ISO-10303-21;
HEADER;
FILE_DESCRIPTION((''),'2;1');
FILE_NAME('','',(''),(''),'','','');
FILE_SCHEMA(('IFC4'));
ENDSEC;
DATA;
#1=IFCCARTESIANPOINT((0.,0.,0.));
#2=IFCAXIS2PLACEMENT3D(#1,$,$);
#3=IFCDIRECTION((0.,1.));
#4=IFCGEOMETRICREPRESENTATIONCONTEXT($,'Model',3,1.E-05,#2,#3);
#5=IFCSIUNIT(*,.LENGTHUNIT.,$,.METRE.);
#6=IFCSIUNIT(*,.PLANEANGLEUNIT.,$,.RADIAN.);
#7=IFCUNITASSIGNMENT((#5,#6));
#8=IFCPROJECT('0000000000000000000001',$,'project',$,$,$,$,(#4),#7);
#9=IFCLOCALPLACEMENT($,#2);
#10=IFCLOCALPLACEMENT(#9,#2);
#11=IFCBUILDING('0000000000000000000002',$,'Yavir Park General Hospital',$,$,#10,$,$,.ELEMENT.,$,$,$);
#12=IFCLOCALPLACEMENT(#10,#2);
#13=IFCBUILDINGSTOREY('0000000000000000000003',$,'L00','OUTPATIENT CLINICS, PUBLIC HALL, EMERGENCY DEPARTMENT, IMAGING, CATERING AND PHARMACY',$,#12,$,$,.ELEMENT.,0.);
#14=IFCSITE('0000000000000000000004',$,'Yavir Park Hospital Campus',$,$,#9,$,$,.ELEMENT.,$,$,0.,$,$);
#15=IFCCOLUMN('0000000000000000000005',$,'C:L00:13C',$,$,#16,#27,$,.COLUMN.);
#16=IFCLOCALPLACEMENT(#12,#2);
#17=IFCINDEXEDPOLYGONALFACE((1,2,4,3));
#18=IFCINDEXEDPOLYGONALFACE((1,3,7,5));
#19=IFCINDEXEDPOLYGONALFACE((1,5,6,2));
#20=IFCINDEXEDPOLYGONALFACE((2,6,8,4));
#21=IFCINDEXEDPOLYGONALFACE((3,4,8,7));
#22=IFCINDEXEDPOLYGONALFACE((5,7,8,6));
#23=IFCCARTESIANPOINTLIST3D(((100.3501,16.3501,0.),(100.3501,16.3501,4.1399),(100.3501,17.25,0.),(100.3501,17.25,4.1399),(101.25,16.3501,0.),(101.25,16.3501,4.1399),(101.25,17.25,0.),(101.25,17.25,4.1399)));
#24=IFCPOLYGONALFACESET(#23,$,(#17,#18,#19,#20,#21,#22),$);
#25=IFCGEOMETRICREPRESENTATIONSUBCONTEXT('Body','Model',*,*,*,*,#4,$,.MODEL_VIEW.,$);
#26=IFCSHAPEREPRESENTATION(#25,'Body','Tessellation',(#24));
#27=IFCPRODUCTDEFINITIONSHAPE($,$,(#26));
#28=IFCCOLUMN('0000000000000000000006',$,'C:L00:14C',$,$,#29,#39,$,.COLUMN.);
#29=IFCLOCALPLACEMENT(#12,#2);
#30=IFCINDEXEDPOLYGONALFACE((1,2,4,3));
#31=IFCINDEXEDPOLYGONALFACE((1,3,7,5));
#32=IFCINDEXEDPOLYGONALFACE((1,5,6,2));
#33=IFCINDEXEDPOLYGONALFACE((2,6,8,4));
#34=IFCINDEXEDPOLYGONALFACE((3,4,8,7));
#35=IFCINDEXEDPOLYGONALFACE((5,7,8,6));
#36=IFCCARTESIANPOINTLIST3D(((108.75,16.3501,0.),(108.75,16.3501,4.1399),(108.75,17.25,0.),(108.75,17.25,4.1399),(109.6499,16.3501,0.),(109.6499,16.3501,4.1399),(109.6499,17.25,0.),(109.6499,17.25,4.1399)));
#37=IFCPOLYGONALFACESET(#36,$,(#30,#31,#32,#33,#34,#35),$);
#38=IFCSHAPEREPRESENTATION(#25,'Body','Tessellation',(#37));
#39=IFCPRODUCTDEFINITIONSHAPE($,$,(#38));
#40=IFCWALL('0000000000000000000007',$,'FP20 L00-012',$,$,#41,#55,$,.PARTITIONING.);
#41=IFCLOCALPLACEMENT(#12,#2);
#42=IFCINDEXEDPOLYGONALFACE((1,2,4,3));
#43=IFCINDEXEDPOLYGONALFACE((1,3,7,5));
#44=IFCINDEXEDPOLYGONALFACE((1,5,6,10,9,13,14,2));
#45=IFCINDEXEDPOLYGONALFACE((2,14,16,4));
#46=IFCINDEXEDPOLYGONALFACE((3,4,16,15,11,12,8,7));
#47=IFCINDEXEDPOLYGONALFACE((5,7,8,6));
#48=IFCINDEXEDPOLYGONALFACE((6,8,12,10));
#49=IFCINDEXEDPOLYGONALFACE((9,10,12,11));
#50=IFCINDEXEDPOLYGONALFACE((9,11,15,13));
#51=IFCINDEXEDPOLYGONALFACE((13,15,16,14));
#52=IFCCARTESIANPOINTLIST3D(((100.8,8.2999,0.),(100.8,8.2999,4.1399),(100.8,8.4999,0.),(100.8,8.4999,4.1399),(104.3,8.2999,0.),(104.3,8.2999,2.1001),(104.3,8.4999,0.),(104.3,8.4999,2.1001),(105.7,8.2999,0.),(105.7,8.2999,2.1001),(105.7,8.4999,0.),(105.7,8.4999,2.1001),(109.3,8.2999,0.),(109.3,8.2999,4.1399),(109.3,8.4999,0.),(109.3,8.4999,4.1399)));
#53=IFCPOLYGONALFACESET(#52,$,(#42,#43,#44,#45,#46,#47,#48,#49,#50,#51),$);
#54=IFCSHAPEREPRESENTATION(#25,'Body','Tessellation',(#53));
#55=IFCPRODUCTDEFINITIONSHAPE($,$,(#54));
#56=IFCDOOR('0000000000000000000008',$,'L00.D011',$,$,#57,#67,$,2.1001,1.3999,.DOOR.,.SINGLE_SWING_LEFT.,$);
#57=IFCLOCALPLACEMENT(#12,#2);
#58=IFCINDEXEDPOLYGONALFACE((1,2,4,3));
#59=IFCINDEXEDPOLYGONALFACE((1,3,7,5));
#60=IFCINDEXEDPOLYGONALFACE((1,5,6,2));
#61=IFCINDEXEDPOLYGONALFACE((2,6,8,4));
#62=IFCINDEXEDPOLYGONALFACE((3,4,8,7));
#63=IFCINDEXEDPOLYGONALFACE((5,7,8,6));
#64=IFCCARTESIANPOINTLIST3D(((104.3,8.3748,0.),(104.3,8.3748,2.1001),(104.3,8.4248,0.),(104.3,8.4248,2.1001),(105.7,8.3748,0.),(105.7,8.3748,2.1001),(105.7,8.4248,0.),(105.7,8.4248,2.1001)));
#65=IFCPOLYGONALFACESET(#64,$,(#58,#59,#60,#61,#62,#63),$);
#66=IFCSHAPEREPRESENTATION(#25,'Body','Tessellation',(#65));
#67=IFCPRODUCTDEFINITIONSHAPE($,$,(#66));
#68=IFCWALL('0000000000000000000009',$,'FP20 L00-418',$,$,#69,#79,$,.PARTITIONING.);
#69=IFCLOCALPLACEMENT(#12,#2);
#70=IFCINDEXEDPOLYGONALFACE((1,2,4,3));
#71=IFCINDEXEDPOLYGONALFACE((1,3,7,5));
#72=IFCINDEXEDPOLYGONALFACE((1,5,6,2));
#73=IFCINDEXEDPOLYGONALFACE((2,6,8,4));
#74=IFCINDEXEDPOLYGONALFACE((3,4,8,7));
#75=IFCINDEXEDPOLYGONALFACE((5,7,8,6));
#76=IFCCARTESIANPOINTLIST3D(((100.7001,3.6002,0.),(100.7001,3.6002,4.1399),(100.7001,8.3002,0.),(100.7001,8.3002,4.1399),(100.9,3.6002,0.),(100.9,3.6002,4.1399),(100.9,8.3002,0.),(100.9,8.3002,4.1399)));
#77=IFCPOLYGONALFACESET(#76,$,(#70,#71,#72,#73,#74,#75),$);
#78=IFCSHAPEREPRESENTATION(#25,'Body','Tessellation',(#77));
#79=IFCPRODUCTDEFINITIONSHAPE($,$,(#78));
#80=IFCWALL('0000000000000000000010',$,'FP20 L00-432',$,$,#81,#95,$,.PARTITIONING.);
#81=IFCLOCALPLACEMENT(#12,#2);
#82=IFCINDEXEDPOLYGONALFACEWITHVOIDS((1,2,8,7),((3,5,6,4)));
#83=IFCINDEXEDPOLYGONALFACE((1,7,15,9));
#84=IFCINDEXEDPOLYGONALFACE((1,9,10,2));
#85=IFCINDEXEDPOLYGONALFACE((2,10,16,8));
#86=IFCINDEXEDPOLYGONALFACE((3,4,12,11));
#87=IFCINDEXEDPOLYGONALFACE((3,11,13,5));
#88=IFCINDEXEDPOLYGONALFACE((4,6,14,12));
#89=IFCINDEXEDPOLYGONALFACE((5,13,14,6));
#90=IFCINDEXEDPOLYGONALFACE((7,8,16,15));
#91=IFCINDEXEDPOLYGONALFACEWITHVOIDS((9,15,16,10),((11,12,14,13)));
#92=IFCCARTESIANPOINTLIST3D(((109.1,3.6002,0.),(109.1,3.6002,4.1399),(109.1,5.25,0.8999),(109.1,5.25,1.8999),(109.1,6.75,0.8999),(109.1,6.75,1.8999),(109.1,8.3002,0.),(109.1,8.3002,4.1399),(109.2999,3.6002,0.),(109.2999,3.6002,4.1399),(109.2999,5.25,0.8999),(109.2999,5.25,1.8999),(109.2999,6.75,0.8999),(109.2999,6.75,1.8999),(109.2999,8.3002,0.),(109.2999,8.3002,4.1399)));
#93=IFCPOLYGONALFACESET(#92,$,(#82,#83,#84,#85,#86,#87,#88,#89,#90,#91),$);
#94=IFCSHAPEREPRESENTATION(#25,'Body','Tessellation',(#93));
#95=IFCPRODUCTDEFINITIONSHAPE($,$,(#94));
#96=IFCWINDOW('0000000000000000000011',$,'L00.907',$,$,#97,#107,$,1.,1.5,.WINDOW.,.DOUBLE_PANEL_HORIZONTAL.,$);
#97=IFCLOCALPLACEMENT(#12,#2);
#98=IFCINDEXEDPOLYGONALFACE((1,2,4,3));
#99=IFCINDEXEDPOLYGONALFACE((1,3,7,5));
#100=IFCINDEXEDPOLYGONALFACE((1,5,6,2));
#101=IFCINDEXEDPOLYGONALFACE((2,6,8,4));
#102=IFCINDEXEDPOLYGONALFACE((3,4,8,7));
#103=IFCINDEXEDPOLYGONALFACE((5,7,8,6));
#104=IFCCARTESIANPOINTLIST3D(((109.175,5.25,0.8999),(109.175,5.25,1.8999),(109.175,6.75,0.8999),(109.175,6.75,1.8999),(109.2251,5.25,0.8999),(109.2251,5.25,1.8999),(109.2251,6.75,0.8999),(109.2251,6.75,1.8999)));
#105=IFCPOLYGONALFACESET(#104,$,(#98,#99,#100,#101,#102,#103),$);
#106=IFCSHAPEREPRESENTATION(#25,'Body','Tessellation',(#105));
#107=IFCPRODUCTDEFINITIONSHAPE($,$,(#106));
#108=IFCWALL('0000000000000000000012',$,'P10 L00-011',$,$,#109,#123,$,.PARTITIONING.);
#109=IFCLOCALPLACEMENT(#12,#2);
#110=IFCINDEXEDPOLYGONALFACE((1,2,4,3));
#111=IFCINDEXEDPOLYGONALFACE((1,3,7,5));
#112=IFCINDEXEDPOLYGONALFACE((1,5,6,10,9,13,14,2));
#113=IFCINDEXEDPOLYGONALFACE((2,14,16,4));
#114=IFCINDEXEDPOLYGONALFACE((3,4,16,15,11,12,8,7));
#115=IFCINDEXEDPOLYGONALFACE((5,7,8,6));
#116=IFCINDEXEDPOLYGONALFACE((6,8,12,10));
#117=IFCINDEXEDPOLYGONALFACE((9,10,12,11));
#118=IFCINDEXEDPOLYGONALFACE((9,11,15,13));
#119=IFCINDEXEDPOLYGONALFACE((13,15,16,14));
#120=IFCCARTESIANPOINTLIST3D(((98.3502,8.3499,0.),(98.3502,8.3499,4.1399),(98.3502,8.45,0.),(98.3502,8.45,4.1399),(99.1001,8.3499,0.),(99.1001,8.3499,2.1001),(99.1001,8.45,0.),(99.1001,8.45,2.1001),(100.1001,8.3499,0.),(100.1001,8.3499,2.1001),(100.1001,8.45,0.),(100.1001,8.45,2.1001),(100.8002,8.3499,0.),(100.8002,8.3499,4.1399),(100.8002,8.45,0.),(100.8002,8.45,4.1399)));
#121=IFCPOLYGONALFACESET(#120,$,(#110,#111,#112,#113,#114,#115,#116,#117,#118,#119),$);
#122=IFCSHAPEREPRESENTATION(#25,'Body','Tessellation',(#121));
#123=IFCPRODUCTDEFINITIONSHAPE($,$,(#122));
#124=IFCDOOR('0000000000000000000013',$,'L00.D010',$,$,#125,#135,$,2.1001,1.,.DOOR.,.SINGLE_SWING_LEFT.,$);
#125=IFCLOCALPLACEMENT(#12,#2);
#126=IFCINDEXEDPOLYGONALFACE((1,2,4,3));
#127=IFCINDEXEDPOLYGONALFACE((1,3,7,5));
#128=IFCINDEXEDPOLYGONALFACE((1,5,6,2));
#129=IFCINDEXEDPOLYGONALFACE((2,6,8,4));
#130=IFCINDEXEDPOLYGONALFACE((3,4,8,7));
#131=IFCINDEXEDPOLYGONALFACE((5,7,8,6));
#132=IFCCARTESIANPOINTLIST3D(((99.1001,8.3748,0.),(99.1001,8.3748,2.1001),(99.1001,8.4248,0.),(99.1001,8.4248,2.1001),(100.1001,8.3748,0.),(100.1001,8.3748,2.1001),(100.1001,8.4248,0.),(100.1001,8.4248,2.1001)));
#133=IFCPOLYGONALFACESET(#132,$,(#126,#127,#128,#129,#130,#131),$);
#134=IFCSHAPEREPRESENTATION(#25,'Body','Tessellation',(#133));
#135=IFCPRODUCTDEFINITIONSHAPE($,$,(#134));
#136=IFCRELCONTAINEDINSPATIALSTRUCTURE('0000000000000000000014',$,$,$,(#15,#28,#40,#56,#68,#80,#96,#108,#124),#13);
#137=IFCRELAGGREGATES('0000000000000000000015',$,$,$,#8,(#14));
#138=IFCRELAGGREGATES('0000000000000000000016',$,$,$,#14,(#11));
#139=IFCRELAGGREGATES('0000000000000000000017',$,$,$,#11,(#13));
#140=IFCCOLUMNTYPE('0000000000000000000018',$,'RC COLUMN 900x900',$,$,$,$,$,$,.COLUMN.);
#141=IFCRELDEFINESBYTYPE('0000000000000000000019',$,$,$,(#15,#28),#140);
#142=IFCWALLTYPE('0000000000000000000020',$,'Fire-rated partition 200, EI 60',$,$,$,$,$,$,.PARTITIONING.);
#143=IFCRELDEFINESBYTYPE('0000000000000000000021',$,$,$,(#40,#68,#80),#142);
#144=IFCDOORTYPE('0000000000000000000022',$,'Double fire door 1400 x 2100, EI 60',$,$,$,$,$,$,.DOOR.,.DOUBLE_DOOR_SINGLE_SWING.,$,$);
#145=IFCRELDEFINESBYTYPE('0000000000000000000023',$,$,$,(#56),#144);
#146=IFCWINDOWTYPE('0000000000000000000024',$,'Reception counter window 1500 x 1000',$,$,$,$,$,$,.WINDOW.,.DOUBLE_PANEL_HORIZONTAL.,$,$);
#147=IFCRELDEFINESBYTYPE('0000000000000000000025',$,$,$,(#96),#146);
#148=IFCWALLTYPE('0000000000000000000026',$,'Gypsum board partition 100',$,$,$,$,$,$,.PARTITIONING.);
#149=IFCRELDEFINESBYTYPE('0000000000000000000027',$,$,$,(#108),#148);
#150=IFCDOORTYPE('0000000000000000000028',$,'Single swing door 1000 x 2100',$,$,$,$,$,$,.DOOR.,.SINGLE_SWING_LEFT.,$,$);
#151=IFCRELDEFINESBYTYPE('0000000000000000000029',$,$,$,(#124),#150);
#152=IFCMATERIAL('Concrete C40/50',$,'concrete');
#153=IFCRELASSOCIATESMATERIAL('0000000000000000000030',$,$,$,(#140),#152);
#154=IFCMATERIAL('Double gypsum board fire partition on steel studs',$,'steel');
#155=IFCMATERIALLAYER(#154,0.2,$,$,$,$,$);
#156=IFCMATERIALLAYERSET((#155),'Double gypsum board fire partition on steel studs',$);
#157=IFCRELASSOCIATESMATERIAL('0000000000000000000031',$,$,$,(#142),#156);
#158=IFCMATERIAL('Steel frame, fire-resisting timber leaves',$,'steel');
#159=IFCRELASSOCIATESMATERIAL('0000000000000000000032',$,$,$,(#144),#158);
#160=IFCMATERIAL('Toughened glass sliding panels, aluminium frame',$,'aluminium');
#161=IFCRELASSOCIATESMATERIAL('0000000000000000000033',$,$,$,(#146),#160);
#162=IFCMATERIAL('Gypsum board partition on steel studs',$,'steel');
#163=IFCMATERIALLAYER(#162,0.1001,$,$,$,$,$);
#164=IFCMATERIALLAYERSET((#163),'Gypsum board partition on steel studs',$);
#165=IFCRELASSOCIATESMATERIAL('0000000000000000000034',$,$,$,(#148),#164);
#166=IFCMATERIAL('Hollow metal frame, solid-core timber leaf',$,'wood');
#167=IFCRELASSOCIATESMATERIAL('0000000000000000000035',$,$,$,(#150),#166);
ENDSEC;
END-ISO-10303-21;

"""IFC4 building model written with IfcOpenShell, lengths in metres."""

from ifc_helpers import new_model, si_unit, direction, frame, frame_2d, origin, origin_2d, place, context, subcontext, project, spatial, rectangle, extrude, material, layer, layer_set, material_profile, profile_set, type_object, element, fill, save


model = new_model("IFC4")

# Units and contexts
model_context = context("Model", 3, precision=1e-05, world=origin(), true_north=direction((0.0, 1.0)))
body_context = subcontext(model_context, "Body", "Model", "MODEL_VIEW")
ifc_project = project(units=[si_unit("LENGTHUNIT", "METRE"), si_unit("PLANEANGLEUNIT", "RADIAN")], contexts=[model_context])

# Site, building, storey
site_placement = place(None, origin())
site = spatial("IfcSite", under=ifc_project, at=site_placement, Name="Yavir Park Hospital Campus", CompositionType="ELEMENT", RefElevation=0.0)
building_placement = place(site_placement, origin())
building = spatial("IfcBuilding", under=site, at=building_placement, Name="Yavir Park General Hospital", CompositionType="ELEMENT")
storey_placement = place(building_placement, origin())
storey = spatial("IfcBuildingStorey", under=building, at=storey_placement, Name="L00", Description="OUTPATIENT CLINICS, PUBLIC HALL, EMERGENCY DEPARTMENT, IMAGING, CATERING AND PHARMACY", CompositionType="ELEMENT", Elevation=0.0)

# Columns
ifc_material_1 = material(Name="Concrete C40/50", Category="concrete")
ifc_material_profile = material_profile(ifc_material_1, rectangle(XDim=0.8999, YDim=0.8999, at=origin_2d()), Name="RC900x900")
ifc_profile_set = profile_set([ifc_material_profile], Name="Concrete C40/50")
column_type = type_object("IfcColumnType", Name="RC COLUMN 900x900", PredefinedType="COLUMN", material=ifc_profile_set)
for number, where, z_axis, x_axis, name in (
    (1, (100.8, 16.8, 0.0), (0.0, 0.0, 1.0), (1.0, 0.0, 0.0), "C:L00:13C"),
    (2, (109.2, 16.8, 0.0), (0.0, 0.0, 1.0), (1.0, 0.0, 0.0), "C:L00:14C"),
):
    element("IfcColumn", number, at=place(storey_placement, frame(where, z_axis=z_axis, x_axis=x_axis)), inside=storey, type_object=column_type, Name=name, PredefinedType="COLUMN", context=body_context, shape_type="SweptSolid", body=[
        extrude(rectangle(XDim=0.8999, YDim=0.8999, at=origin_2d()), origin(), (0.0, 0.0, 1.0), 4.1399),
    ])

# Wall, opening, door
ifc_material_2 = material(Name="Double gypsum board fire partition on steel studs", Category="steel")
ifc_layer_1 = layer(ifc_material_2, 0.2)
ifc_layer_set_1 = layer_set([ifc_layer_1], Name="Double gypsum board fire partition on steel studs")
wall_type_1 = type_object("IfcWallType", Name="Fire-rated partition 200, EI 60", PredefinedType="PARTITIONING", material=ifc_layer_set_1)
wall_1_placement = place(storey_placement, frame((100.8, 8.3999, 0.0), z_axis=(0.0, 0.0, 1.0), x_axis=(1.0, 0.0, 0.0)))
wall_1 = element("IfcWall", 3, at=wall_1_placement, inside=storey, type_object=wall_type_1, Name="FP20 L00-012", PredefinedType="PARTITIONING", context=body_context, shape_type="SweptSolid", body=[
    extrude(rectangle(XDim=8.5, YDim=0.2, at=frame_2d((4.25, 0.0))), origin(), (0.0, 0.0, 1.0), 4.1399),
])
opening_1_placement = place(wall_1_placement, frame((3.5, 0.0, 0.0)))
opening_1 = element("IfcOpeningElement", 4, at=opening_1_placement, cuts=wall_1, PredefinedType="OPENING", context=body_context, shape_type="SweptSolid", body=[
    extrude(rectangle(XDim=1.3999, YDim=2.1001, at=frame_2d((0.7, 1.05))), frame((0.0, 0.1099, 0.0), z_axis=(0.0, -1.0, 0.0), x_axis=(1.0, 0.0, 0.0)), (0.0, 0.0, 1.0), 0.22),
])
ifc_material_3 = material(Name="Steel frame, fire-resisting timber leaves", Category="steel")
door_type_1 = type_object("IfcDoorType", Name="Double fire door 1400 x 2100, EI 60", OperationType="DOUBLE_DOOR_SINGLE_SWING", PredefinedType="DOOR", material=ifc_material_3)
door_1_placement = place(opening_1_placement, origin())
door_1 = element("IfcDoor", 5, at=door_1_placement, inside=storey, type_object=door_type_1, Name="L00.D011", OperationType="SINGLE_SWING_LEFT", OverallHeight=2.1001, OverallWidth=1.3999, PredefinedType="DOOR", context=body_context, shape_type="SweptSolid", body=[
    extrude(rectangle(XDim=1.3999, YDim=2.1001, at=frame_2d((0.7, 1.05))), frame((0.0, 0.0249, 0.0), z_axis=(0.0, -1.0, 0.0), x_axis=(1.0, 0.0, 0.0)), (0.0, 0.0, 1.0), 0.05),
])
fill(opening_1, door_1)

# Wall
wall_2_placement = place(storey_placement, frame((100.8, 3.6001, 0.0), z_axis=(0.0, 0.0, 1.0), x_axis=(0.0, 1.0, 0.0)))
element("IfcWall", 6, at=wall_2_placement, inside=storey, type_object=wall_type_1, Name="FP20 L00-418", PredefinedType="PARTITIONING", context=body_context, shape_type="SweptSolid", body=[
    extrude(rectangle(XDim=4.7, YDim=0.2, at=frame_2d((2.3501, 0.0))), origin(), (0.0, 0.0, 1.0), 4.1399),
])

# Wall, opening, window
wall_3_placement = place(storey_placement, frame((109.2, 3.6001, 0.0), z_axis=(0.0, 0.0, 1.0), x_axis=(0.0, 1.0, 0.0)))
wall_3 = element("IfcWall", 7, at=wall_3_placement, inside=storey, type_object=wall_type_1, Name="FP20 L00-432", PredefinedType="PARTITIONING", context=body_context, shape_type="SweptSolid", body=[
    extrude(rectangle(XDim=4.7, YDim=0.2, at=frame_2d((2.3501, 0.0))), origin(), (0.0, 0.0, 1.0), 4.1399),
])
opening_2_placement = place(wall_3_placement, frame((1.6499, 0.0, 0.8999)))
opening_2 = element("IfcOpeningElement", 8, at=opening_2_placement, cuts=wall_3, PredefinedType="OPENING", context=body_context, shape_type="SweptSolid", body=[
    extrude(rectangle(XDim=1.5, YDim=1.0, at=frame_2d((0.75, 0.5))), frame((0.0, 0.1099, 0.0), z_axis=(0.0, -1.0, 0.0), x_axis=(1.0, 0.0, 0.0)), (0.0, 0.0, 1.0), 0.22),
])
ifc_material_4 = material(Name="Toughened glass sliding panels, aluminium frame", Category="aluminium")
window_type = type_object("IfcWindowType", Name="Reception counter window 1500 x 1000", PartitioningType="DOUBLE_PANEL_HORIZONTAL", PredefinedType="WINDOW", material=ifc_material_4)
window_placement = place(opening_2_placement, origin())
window = element("IfcWindow", 9, at=window_placement, inside=storey, type_object=window_type, Name="L00.907", OverallHeight=1.0, OverallWidth=1.5, PartitioningType="DOUBLE_PANEL_HORIZONTAL", PredefinedType="WINDOW", context=body_context, shape_type="SweptSolid", body=[
    extrude(rectangle(XDim=1.5, YDim=1.0, at=frame_2d((0.75, 0.5))), frame((0.0, 0.0249, 0.0), z_axis=(0.0, -1.0, 0.0), x_axis=(1.0, 0.0, 0.0)), (0.0, 0.0, 1.0), 0.05),
])
fill(opening_2, window)

# Wall, opening, door
ifc_material_5 = material(Name="Gypsum board partition on steel studs", Category="steel")
ifc_layer_2 = layer(ifc_material_5, 0.1001)
ifc_layer_set_2 = layer_set([ifc_layer_2], Name="Gypsum board partition on steel studs")
wall_type_2 = type_object("IfcWallType", Name="Gypsum board partition 100", PredefinedType="PARTITIONING", material=ifc_layer_set_2)
wall_4_placement = place(storey_placement, frame((98.3501, 8.3999, 0.0), z_axis=(0.0, 0.0, 1.0), x_axis=(1.0, 0.0, 0.0)))
wall_4 = element("IfcWall", 10, at=wall_4_placement, inside=storey, type_object=wall_type_2, Name="P10 L00-011", PredefinedType="PARTITIONING", context=body_context, shape_type="SweptSolid", body=[
    extrude(rectangle(XDim=2.45, YDim=0.1001, at=frame_2d((1.2251, 0.0))), origin(), (0.0, 0.0, 1.0), 4.1399),
])
opening_3_placement = place(wall_4_placement, frame((0.75, 0.0, 0.0)))
opening_3 = element("IfcOpeningElement", 11, at=opening_3_placement, cuts=wall_4, PredefinedType="OPENING", context=body_context, shape_type="SweptSolid", body=[
    extrude(rectangle(XDim=1.0, YDim=2.1001, at=frame_2d((0.5, 1.05))), frame((0.0, 0.0601, 0.0), z_axis=(0.0, -1.0, 0.0), x_axis=(1.0, 0.0, 0.0)), (0.0, 0.0, 1.0), 0.1201),
])
ifc_material_6 = material(Name="Hollow metal frame, solid-core timber leaf", Category="wood")
door_type_2 = type_object("IfcDoorType", Name="Single swing door 1000 x 2100", OperationType="SINGLE_SWING_LEFT", PredefinedType="DOOR", material=ifc_material_6)
door_2_placement = place(opening_3_placement, origin())
door_2 = element("IfcDoor", 12, at=door_2_placement, inside=storey, type_object=door_type_2, Name="L00.D010", OperationType="SINGLE_SWING_LEFT", OverallHeight=2.1001, OverallWidth=1.0, PredefinedType="DOOR", context=body_context, shape_type="SweptSolid", body=[
    extrude(rectangle(XDim=1.0, YDim=2.1001, at=frame_2d((0.5, 1.05))), frame((0.0, 0.0249, 0.0), z_axis=(0.0, -1.0, 0.0), x_axis=(1.0, 0.0, 0.0)), (0.0, 0.0, 1.0), 0.05),
])
fill(opening_3, door_2)

save(model, "model.ifc")
